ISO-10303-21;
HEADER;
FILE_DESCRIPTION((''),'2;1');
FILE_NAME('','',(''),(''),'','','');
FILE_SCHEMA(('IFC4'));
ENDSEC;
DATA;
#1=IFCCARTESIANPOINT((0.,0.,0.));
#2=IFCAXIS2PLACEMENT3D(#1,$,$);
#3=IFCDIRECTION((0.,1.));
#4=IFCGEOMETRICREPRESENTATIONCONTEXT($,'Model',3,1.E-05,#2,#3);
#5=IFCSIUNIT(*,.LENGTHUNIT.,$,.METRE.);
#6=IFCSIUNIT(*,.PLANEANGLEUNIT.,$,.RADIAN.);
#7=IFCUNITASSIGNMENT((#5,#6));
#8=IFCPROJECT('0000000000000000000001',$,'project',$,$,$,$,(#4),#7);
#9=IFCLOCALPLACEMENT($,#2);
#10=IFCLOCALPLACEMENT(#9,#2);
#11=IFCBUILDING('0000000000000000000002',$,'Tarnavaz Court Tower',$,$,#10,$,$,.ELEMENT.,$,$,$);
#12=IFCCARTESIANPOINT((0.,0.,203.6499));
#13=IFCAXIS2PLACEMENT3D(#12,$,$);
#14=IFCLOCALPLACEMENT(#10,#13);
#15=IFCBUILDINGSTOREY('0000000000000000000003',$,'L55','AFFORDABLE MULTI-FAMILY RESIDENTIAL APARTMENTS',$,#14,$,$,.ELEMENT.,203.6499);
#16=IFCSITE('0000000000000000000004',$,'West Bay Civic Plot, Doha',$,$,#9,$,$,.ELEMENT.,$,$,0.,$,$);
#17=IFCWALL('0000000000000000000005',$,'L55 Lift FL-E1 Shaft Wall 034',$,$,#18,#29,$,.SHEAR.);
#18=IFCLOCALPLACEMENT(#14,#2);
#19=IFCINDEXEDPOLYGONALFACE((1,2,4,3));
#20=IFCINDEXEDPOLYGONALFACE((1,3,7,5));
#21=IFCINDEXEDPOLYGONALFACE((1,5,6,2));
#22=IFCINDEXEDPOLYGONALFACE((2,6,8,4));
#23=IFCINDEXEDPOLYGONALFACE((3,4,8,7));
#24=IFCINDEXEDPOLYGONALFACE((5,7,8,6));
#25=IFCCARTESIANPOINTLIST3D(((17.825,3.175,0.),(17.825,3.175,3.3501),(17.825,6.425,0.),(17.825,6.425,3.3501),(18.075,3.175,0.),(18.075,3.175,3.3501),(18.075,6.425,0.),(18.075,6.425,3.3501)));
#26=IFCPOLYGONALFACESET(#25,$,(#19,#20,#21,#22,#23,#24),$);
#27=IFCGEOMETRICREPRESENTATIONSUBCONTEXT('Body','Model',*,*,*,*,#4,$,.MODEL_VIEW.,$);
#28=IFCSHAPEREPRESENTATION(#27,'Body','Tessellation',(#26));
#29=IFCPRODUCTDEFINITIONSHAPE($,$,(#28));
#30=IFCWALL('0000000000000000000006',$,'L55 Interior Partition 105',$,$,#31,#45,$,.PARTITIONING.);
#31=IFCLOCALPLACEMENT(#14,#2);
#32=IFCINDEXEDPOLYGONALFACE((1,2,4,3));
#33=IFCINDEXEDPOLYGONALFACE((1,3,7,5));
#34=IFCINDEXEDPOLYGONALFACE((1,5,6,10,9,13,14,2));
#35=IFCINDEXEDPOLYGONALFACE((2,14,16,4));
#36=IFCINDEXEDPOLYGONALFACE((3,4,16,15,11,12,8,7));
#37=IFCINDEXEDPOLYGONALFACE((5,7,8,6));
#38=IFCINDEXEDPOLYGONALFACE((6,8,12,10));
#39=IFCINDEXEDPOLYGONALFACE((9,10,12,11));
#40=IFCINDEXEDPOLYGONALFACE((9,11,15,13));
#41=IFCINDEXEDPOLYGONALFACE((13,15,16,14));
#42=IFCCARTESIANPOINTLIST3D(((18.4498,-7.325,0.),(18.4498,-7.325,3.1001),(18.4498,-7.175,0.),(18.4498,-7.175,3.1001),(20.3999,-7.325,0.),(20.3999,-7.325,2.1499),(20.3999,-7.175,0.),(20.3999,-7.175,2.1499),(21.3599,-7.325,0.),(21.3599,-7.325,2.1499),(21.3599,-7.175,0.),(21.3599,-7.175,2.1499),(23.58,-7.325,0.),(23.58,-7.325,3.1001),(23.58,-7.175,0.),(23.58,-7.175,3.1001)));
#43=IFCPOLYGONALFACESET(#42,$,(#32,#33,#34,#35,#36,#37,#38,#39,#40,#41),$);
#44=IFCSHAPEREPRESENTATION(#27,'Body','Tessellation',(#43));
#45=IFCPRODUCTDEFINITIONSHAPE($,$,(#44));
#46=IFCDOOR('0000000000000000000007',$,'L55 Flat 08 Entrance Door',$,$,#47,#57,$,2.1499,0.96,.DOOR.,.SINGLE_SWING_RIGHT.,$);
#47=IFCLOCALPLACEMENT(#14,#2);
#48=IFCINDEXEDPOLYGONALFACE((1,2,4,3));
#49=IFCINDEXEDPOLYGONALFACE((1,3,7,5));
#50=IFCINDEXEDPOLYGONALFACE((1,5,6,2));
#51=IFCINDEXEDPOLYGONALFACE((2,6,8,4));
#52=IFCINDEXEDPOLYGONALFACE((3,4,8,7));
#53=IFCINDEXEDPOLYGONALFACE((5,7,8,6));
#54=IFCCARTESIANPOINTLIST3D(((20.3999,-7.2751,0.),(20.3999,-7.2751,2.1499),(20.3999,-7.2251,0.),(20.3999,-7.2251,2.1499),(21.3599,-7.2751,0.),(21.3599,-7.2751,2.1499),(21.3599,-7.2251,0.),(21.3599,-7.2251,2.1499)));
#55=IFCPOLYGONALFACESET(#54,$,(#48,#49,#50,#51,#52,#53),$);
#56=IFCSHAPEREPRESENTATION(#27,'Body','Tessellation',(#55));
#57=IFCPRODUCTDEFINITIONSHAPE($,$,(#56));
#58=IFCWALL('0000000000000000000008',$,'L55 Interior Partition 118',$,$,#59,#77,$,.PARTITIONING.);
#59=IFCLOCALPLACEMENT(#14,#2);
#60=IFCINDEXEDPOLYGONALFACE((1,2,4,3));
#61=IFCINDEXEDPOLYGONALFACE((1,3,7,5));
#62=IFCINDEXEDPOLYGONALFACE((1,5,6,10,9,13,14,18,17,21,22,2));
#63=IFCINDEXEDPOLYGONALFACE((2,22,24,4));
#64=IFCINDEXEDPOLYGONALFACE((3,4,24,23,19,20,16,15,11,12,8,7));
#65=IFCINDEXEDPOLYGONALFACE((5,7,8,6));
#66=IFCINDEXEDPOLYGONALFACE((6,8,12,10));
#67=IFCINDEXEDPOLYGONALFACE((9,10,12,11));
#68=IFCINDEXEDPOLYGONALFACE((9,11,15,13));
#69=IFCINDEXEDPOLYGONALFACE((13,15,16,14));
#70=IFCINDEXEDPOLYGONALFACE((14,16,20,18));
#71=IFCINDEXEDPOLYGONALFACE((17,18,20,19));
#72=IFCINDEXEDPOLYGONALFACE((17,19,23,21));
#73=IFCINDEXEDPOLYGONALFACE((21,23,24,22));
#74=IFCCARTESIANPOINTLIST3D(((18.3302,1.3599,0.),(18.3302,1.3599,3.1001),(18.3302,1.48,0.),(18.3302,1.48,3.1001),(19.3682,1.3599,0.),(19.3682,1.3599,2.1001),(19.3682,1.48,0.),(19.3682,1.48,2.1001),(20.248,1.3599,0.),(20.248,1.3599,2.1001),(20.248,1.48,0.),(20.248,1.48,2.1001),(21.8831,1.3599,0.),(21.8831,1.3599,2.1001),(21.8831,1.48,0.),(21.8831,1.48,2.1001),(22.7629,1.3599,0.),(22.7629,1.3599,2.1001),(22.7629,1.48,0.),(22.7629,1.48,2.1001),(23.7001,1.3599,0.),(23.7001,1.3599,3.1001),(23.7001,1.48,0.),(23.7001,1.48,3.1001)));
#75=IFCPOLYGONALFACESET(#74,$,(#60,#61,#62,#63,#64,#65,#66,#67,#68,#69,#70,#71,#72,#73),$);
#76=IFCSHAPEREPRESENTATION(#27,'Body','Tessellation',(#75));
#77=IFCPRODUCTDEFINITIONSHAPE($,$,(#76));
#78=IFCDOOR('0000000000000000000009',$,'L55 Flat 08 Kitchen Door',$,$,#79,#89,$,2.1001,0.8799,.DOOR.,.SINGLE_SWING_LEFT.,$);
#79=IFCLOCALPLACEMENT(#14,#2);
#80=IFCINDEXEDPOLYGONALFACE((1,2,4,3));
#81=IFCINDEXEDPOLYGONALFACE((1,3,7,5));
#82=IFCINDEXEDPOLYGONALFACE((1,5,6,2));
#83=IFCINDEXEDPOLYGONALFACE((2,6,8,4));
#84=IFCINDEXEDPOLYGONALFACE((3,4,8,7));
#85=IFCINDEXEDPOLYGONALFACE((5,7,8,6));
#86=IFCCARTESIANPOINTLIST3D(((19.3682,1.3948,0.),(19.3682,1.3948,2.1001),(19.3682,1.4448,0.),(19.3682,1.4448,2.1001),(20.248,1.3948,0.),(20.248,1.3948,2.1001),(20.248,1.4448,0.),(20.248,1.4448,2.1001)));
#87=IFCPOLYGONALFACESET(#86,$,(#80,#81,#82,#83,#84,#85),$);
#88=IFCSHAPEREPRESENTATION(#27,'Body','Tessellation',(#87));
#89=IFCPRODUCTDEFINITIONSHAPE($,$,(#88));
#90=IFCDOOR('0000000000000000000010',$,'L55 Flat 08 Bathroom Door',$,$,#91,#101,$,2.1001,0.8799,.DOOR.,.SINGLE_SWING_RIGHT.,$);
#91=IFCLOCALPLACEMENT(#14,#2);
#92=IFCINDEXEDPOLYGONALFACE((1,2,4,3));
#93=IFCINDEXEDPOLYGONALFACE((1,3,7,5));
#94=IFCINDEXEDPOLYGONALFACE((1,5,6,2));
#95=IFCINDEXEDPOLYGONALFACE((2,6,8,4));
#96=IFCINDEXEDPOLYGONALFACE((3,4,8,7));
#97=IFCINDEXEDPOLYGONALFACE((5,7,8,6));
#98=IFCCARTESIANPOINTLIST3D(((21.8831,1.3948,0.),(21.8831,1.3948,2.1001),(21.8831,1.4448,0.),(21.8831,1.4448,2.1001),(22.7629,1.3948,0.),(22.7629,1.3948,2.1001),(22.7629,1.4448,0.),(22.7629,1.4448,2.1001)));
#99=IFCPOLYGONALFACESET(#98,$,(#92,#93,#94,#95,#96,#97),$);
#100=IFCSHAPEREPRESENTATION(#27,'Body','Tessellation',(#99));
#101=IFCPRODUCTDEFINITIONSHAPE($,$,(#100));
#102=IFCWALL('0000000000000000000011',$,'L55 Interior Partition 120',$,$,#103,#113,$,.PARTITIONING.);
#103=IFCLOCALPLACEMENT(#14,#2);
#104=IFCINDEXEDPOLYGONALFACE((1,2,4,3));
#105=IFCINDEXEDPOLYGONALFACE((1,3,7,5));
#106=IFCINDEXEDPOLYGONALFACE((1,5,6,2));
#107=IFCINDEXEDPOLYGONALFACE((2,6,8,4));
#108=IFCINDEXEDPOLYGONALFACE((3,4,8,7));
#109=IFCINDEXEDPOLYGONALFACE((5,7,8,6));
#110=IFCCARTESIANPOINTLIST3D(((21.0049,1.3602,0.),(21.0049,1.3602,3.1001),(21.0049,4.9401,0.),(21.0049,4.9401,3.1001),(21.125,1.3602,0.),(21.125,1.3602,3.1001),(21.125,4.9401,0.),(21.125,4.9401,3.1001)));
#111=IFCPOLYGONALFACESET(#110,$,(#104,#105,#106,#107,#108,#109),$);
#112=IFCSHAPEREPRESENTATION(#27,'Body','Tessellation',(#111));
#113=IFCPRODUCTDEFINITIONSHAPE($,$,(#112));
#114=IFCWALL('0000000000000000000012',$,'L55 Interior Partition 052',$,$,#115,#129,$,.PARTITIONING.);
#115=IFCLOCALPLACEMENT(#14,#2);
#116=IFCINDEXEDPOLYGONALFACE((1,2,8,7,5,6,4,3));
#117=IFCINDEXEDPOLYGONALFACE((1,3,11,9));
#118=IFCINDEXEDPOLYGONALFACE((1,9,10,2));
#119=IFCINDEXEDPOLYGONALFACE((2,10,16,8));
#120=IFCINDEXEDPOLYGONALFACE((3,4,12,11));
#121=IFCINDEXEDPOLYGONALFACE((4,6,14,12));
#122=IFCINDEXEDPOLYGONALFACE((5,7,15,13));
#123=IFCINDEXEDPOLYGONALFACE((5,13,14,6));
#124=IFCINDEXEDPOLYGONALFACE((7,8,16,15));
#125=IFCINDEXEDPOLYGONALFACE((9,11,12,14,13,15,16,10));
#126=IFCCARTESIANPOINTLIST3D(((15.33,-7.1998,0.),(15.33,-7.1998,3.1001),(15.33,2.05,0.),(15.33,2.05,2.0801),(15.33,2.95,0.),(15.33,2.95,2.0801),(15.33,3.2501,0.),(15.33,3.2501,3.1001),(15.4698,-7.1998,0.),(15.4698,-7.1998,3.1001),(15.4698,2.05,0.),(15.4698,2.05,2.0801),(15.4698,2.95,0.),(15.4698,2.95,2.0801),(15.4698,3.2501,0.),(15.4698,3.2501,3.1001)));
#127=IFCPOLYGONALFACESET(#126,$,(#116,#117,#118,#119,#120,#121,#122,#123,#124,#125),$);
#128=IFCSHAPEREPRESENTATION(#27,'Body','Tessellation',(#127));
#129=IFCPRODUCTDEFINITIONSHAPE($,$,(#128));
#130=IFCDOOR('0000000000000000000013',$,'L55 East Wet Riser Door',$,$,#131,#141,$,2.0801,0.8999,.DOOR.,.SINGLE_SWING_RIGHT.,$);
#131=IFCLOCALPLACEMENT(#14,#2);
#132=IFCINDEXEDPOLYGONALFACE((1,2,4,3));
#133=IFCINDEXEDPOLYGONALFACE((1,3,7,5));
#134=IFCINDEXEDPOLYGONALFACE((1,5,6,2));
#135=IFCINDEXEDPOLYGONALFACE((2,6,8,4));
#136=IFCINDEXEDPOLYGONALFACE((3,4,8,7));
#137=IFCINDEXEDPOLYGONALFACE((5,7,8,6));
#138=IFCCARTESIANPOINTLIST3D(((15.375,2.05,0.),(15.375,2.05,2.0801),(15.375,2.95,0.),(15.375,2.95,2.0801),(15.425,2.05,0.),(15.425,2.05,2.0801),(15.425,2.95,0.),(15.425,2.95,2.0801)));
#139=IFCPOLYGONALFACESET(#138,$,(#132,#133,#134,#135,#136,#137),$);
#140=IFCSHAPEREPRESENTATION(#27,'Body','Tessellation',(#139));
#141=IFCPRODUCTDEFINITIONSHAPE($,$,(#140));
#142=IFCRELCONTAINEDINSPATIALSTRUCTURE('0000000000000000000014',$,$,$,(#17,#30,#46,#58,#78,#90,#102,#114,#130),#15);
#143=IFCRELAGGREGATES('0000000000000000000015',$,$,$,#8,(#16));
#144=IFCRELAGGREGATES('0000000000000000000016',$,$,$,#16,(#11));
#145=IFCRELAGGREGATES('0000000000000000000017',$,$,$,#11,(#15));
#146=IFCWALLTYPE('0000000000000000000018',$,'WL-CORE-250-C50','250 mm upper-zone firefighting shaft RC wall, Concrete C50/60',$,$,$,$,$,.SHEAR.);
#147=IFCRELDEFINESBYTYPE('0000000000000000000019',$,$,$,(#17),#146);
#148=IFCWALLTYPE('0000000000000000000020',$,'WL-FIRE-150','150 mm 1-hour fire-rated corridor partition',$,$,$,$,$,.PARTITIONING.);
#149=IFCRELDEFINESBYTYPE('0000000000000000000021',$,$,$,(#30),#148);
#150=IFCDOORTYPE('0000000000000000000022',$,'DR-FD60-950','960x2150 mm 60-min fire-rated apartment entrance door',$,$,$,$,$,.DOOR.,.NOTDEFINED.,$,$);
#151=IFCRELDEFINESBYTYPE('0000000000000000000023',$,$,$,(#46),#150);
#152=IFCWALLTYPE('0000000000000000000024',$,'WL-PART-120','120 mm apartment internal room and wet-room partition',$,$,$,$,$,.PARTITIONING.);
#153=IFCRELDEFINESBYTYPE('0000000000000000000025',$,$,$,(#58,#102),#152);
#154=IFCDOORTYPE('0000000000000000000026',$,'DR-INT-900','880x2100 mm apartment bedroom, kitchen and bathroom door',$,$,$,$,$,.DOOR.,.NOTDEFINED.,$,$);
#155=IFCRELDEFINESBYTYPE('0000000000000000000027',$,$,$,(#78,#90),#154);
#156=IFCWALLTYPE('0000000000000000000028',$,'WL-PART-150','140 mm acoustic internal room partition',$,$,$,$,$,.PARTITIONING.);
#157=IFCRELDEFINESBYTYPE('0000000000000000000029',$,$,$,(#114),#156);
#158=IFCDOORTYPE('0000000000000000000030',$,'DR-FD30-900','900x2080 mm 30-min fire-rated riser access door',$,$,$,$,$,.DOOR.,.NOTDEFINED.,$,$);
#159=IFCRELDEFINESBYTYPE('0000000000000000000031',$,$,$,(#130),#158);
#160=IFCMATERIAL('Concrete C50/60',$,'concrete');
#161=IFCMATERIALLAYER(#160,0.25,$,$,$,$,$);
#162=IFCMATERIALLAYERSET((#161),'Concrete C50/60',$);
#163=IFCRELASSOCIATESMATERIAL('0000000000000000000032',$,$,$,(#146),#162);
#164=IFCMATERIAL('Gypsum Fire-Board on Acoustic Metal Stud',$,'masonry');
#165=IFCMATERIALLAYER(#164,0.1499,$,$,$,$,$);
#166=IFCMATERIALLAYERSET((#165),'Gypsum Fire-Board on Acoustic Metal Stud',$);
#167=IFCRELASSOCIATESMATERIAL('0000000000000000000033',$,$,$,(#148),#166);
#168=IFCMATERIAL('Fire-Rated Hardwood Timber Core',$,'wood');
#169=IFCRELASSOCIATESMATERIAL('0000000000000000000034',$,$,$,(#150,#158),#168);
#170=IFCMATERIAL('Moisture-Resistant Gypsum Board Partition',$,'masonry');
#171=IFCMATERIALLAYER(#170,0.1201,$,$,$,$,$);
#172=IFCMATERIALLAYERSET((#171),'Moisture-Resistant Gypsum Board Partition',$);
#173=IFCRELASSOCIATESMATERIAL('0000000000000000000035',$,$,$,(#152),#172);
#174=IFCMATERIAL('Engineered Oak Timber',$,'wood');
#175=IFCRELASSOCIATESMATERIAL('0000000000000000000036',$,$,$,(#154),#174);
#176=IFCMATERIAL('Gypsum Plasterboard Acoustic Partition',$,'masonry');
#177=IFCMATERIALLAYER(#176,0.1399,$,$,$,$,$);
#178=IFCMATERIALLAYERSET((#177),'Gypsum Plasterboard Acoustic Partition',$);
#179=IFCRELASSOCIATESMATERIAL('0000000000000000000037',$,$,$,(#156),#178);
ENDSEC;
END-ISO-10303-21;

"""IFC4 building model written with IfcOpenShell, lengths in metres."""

from ifc_helpers import new_model, si_unit, direction, frame, frame_2d, origin, place, context, subcontext, project, spatial, rectangle, extrude, material, layer, layer_set, type_object, element, fill, save


model = new_model("IFC4")

# Units and contexts
model_context = context("Model", 3, precision=1e-05, world=origin(), true_north=direction((0.0, 1.0)))
body_context = subcontext(model_context, "Body", "Model", "MODEL_VIEW")
ifc_project = project(units=[si_unit("LENGTHUNIT", "METRE"), si_unit("PLANEANGLEUNIT", "RADIAN")], contexts=[model_context])

# Site, building, storey
site_placement = place(None, origin())
site = spatial("IfcSite", under=ifc_project, at=site_placement, Name="West Bay Civic Plot, Doha", CompositionType="ELEMENT", RefElevation=0.0)
building_placement = place(site_placement, origin())
building = spatial("IfcBuilding", under=site, at=building_placement, Name="Tarnavaz Court Tower", CompositionType="ELEMENT")
storey_placement = place(building_placement, frame((0.0, 0.0, 203.6499)))
storey = spatial("IfcBuildingStorey", under=building, at=storey_placement, Name="L55", Description="AFFORDABLE MULTI-FAMILY RESIDENTIAL APARTMENTS", CompositionType="ELEMENT", Elevation=203.6499)

# Shared definitions
ifc_material_1 = material(Name="Concrete C50/60", Category="concrete")

# Shared definitions
ifc_layer_1 = layer(ifc_material_1, 0.25)
ifc_layer_set_1 = layer_set([ifc_layer_1], Name="Concrete C50/60")
wall_type_1 = type_object("IfcWallType", Name="WL-CORE-250-C50", Description="250 mm upper-zone firefighting shaft RC wall, Concrete C50/60", PredefinedType="SHEAR", material=ifc_layer_set_1)

# Wall
wall_1_placement = place(storey_placement, frame((17.95, 3.175, 0.0), z_axis=(0.0, 0.0, 1.0), x_axis=(0.0, 1.0, 0.0)))
element("IfcWall", 1, at=wall_1_placement, inside=storey, type_object=wall_type_1, Name="L55 Lift FL-E1 Shaft Wall 034", PredefinedType="SHEAR", context=body_context, shape_type="SweptSolid", body=[
    extrude(rectangle(XDim=3.25, YDim=0.25, at=frame_2d((1.625, 0.0))), origin(), (0.0, 0.0, 1.0), 3.3501),
])

# Wall, opening, door
ifc_material_2 = material(Name="Gypsum Fire-Board on Acoustic Metal Stud", Category="masonry")
ifc_layer_2 = layer(ifc_material_2, 0.1499)
ifc_layer_set_2 = layer_set([ifc_layer_2], Name="Gypsum Fire-Board on Acoustic Metal Stud")
wall_type_2 = type_object("IfcWallType", Name="WL-FIRE-150", Description="150 mm 1-hour fire-rated corridor partition", PredefinedType="PARTITIONING", material=ifc_layer_set_2)
wall_2_placement = place(storey_placement, frame((18.45, -7.25, 0.0), z_axis=(0.0, 0.0, 1.0), x_axis=(1.0, 0.0, 0.0)))
wall_2 = element("IfcWall", 2, at=wall_2_placement, inside=storey, type_object=wall_type_2, Name="L55 Interior Partition 105", PredefinedType="PARTITIONING", context=body_context, shape_type="SweptSolid", body=[
    extrude(rectangle(XDim=5.1301, YDim=0.1499, at=frame_2d((2.5649, 0.0))), origin(), (0.0, 0.0, 1.0), 3.1001),
])
opening_1_placement = place(wall_2_placement, frame((1.95, 0.0, 0.0)))
opening_1 = element("IfcOpeningElement", 3, at=opening_1_placement, cuts=wall_2, PredefinedType="OPENING", context=body_context, shape_type="SweptSolid", body=[
    extrude(rectangle(XDim=0.96, YDim=2.1499, at=frame_2d((0.48, 1.075))), frame((0.0, 0.085, 0.0), z_axis=(0.0, -1.0, 0.0), x_axis=(1.0, 0.0, 0.0)), (0.0, 0.0, 1.0), 0.1699),
])
ifc_material_3 = material(Name="Fire-Rated Hardwood Timber Core", Category="wood")
door_type_1 = type_object("IfcDoorType", Name="DR-FD60-950", Description="960x2150 mm 60-min fire-rated apartment entrance door", OperationType="NOTDEFINED", PredefinedType="DOOR", material=ifc_material_3)
door_1_placement = place(opening_1_placement, origin())
door_1 = element("IfcDoor", 4, at=door_1_placement, inside=storey, type_object=door_type_1, Name="L55 Flat 08 Entrance Door", OperationType="SINGLE_SWING_RIGHT", OverallHeight=2.1499, OverallWidth=0.96, PredefinedType="DOOR", context=body_context, shape_type="SweptSolid", body=[
    extrude(rectangle(XDim=0.96, YDim=2.1499, at=frame_2d((0.48, 1.075))), frame((0.0, 0.0249, 0.0), z_axis=(0.0, -1.0, 0.0), x_axis=(1.0, 0.0, 0.0)), (0.0, 0.0, 1.0), 0.05),
])
fill(opening_1, door_1)

# Wall, openings, doors
ifc_material_4 = material(Name="Moisture-Resistant Gypsum Board Partition", Category="masonry")
ifc_layer_3 = layer(ifc_material_4, 0.1201)
ifc_layer_set_3 = layer_set([ifc_layer_3], Name="Moisture-Resistant Gypsum Board Partition")
wall_type_3 = type_object("IfcWallType", Name="WL-PART-120", Description="120 mm apartment internal room and wet-room partition", PredefinedType="PARTITIONING", material=ifc_layer_set_3)
wall_3_placement = place(storey_placement, frame((18.3301, 1.4199, 0.0), z_axis=(0.0, 0.0, 1.0), x_axis=(1.0, 0.0, 0.0)))
wall_3 = element("IfcWall", 5, at=wall_3_placement, inside=storey, type_object=wall_type_3, Name="L55 Interior Partition 118", PredefinedType="PARTITIONING", context=body_context, shape_type="SweptSolid", body=[
    extrude(rectangle(XDim=5.3699, YDim=0.1201, at=frame_2d((2.6851, 0.0))), origin(), (0.0, 0.0, 1.0), 3.1001),
])
opening_2_placement = place(wall_3_placement, frame((1.0381, 0.0, 0.0)))
opening_2 = element("IfcOpeningElement", 6, at=opening_2_placement, cuts=wall_3, PredefinedType="OPENING", context=body_context, shape_type="SweptSolid", body=[
    extrude(rectangle(XDim=0.8799, YDim=2.1001, at=frame_2d((0.4399, 1.05))), frame((0.0, 0.0701, 0.0), z_axis=(0.0, -1.0, 0.0), x_axis=(1.0, 0.0, 0.0)), (0.0, 0.0, 1.0), 0.1401),
])
opening_3_placement = place(wall_3_placement, frame((3.553, 0.0, 0.0)))
opening_3 = element("IfcOpeningElement", 7, at=opening_3_placement, cuts=wall_3, PredefinedType="OPENING", context=body_context, shape_type="SweptSolid", body=[
    extrude(rectangle(XDim=0.8799, YDim=2.1001, at=frame_2d((0.4399, 1.05))), frame((0.0, 0.0701, 0.0), z_axis=(0.0, -1.0, 0.0), x_axis=(1.0, 0.0, 0.0)), (0.0, 0.0, 1.0), 0.1401),
])
ifc_material_5 = material(Name="Engineered Oak Timber", Category="wood")
door_type_2 = type_object("IfcDoorType", Name="DR-INT-900", Description="880x2100 mm apartment bedroom, kitchen and bathroom door", OperationType="NOTDEFINED", PredefinedType="DOOR", material=ifc_material_5)
door_2_placement = place(opening_2_placement, origin())
door_2 = element("IfcDoor", 8, at=door_2_placement, inside=storey, type_object=door_type_2, Name="L55 Flat 08 Kitchen Door", OperationType="SINGLE_SWING_LEFT", OverallHeight=2.1001, OverallWidth=0.8799, PredefinedType="DOOR", context=body_context, shape_type="SweptSolid", body=[
    extrude(rectangle(XDim=0.8799, YDim=2.1001, at=frame_2d((0.4399, 1.05))), frame((0.0, 0.0249, 0.0), z_axis=(0.0, -1.0, 0.0), x_axis=(1.0, 0.0, 0.0)), (0.0, 0.0, 1.0), 0.05),
])
fill(opening_2, door_2)
door_3_placement = place(opening_3_placement, origin())
door_3 = element("IfcDoor", 9, at=door_3_placement, inside=storey, type_object=door_type_2, Name="L55 Flat 08 Bathroom Door", OperationType="SINGLE_SWING_RIGHT", OverallHeight=2.1001, OverallWidth=0.8799, PredefinedType="DOOR", context=body_context, shape_type="SweptSolid", body=[
    extrude(rectangle(XDim=0.8799, YDim=2.1001, at=frame_2d((0.4399, 1.05))), frame((0.0, 0.0249, 0.0), z_axis=(0.0, -1.0, 0.0), x_axis=(1.0, 0.0, 0.0)), (0.0, 0.0, 1.0), 0.05),
])
fill(opening_3, door_3)

# Wall
wall_4_placement = place(storey_placement, frame((21.0649, 1.3601, 0.0), z_axis=(0.0, 0.0, 1.0), x_axis=(0.0, 1.0, 0.0)))
element("IfcWall", 10, at=wall_4_placement, inside=storey, type_object=wall_type_3, Name="L55 Interior Partition 120", PredefinedType="PARTITIONING", context=body_context, shape_type="SweptSolid", body=[
    extrude(rectangle(XDim=3.5798, YDim=0.1201, at=frame_2d((1.79, 0.0))), origin(), (0.0, 0.0, 1.0), 3.1001),
])

# Wall, opening, door
ifc_material_6 = material(Name="Gypsum Plasterboard Acoustic Partition", Category="masonry")
ifc_layer_4 = layer(ifc_material_6, 0.1399)
ifc_layer_set_4 = layer_set([ifc_layer_4], Name="Gypsum Plasterboard Acoustic Partition")
wall_type_4 = type_object("IfcWallType", Name="WL-PART-150", Description="140 mm acoustic internal room partition", PredefinedType="PARTITIONING", material=ifc_layer_set_4)
wall_5_placement = place(storey_placement, frame((15.3999, -7.2, 0.0), z_axis=(0.0, 0.0, 1.0), x_axis=(0.0, 1.0, 0.0)))
wall_5 = element("IfcWall", 11, at=wall_5_placement, inside=storey, type_object=wall_type_4, Name="L55 Interior Partition 052", PredefinedType="PARTITIONING", context=body_context, shape_type="SweptSolid", body=[
    extrude(rectangle(XDim=10.45, YDim=0.1399, at=frame_2d((5.2251, 0.0))), origin(), (0.0, 0.0, 1.0), 3.1001),
])
opening_4_placement = place(wall_5_placement, frame((9.25, 0.0, 0.0)))
opening_4 = element("IfcOpeningElement", 12, at=opening_4_placement, cuts=wall_5, PredefinedType="OPENING", context=body_context, shape_type="SweptSolid", body=[
    extrude(rectangle(XDim=0.8999, YDim=2.0801, at=frame_2d((0.45, 1.04))), frame((0.0, 0.0798, 0.0), z_axis=(0.0, -1.0, 0.0), x_axis=(1.0, 0.0, 0.0)), (0.0, 0.0, 1.0), 0.1599),
])
door_type_3 = type_object("IfcDoorType", Name="DR-FD30-900", Description="900x2080 mm 30-min fire-rated riser access door", OperationType="NOTDEFINED", PredefinedType="DOOR", material=ifc_material_3)
door_4_placement = place(opening_4_placement, origin())
door_4 = element("IfcDoor", 13, at=door_4_placement, inside=storey, type_object=door_type_3, Name="L55 East Wet Riser Door", OperationType="SINGLE_SWING_RIGHT", OverallHeight=2.0801, OverallWidth=0.8999, PredefinedType="DOOR", context=body_context, shape_type="SweptSolid", body=[
    extrude(rectangle(XDim=0.8999, YDim=2.0801, at=frame_2d((0.45, 1.04))), frame((0.0, 0.0249, 0.0), z_axis=(0.0, -1.0, 0.0), x_axis=(1.0, 0.0, 0.0)), (0.0, 0.0, 1.0), 0.05),
])
fill(opening_4, door_4)

save(model, "model.ifc")
